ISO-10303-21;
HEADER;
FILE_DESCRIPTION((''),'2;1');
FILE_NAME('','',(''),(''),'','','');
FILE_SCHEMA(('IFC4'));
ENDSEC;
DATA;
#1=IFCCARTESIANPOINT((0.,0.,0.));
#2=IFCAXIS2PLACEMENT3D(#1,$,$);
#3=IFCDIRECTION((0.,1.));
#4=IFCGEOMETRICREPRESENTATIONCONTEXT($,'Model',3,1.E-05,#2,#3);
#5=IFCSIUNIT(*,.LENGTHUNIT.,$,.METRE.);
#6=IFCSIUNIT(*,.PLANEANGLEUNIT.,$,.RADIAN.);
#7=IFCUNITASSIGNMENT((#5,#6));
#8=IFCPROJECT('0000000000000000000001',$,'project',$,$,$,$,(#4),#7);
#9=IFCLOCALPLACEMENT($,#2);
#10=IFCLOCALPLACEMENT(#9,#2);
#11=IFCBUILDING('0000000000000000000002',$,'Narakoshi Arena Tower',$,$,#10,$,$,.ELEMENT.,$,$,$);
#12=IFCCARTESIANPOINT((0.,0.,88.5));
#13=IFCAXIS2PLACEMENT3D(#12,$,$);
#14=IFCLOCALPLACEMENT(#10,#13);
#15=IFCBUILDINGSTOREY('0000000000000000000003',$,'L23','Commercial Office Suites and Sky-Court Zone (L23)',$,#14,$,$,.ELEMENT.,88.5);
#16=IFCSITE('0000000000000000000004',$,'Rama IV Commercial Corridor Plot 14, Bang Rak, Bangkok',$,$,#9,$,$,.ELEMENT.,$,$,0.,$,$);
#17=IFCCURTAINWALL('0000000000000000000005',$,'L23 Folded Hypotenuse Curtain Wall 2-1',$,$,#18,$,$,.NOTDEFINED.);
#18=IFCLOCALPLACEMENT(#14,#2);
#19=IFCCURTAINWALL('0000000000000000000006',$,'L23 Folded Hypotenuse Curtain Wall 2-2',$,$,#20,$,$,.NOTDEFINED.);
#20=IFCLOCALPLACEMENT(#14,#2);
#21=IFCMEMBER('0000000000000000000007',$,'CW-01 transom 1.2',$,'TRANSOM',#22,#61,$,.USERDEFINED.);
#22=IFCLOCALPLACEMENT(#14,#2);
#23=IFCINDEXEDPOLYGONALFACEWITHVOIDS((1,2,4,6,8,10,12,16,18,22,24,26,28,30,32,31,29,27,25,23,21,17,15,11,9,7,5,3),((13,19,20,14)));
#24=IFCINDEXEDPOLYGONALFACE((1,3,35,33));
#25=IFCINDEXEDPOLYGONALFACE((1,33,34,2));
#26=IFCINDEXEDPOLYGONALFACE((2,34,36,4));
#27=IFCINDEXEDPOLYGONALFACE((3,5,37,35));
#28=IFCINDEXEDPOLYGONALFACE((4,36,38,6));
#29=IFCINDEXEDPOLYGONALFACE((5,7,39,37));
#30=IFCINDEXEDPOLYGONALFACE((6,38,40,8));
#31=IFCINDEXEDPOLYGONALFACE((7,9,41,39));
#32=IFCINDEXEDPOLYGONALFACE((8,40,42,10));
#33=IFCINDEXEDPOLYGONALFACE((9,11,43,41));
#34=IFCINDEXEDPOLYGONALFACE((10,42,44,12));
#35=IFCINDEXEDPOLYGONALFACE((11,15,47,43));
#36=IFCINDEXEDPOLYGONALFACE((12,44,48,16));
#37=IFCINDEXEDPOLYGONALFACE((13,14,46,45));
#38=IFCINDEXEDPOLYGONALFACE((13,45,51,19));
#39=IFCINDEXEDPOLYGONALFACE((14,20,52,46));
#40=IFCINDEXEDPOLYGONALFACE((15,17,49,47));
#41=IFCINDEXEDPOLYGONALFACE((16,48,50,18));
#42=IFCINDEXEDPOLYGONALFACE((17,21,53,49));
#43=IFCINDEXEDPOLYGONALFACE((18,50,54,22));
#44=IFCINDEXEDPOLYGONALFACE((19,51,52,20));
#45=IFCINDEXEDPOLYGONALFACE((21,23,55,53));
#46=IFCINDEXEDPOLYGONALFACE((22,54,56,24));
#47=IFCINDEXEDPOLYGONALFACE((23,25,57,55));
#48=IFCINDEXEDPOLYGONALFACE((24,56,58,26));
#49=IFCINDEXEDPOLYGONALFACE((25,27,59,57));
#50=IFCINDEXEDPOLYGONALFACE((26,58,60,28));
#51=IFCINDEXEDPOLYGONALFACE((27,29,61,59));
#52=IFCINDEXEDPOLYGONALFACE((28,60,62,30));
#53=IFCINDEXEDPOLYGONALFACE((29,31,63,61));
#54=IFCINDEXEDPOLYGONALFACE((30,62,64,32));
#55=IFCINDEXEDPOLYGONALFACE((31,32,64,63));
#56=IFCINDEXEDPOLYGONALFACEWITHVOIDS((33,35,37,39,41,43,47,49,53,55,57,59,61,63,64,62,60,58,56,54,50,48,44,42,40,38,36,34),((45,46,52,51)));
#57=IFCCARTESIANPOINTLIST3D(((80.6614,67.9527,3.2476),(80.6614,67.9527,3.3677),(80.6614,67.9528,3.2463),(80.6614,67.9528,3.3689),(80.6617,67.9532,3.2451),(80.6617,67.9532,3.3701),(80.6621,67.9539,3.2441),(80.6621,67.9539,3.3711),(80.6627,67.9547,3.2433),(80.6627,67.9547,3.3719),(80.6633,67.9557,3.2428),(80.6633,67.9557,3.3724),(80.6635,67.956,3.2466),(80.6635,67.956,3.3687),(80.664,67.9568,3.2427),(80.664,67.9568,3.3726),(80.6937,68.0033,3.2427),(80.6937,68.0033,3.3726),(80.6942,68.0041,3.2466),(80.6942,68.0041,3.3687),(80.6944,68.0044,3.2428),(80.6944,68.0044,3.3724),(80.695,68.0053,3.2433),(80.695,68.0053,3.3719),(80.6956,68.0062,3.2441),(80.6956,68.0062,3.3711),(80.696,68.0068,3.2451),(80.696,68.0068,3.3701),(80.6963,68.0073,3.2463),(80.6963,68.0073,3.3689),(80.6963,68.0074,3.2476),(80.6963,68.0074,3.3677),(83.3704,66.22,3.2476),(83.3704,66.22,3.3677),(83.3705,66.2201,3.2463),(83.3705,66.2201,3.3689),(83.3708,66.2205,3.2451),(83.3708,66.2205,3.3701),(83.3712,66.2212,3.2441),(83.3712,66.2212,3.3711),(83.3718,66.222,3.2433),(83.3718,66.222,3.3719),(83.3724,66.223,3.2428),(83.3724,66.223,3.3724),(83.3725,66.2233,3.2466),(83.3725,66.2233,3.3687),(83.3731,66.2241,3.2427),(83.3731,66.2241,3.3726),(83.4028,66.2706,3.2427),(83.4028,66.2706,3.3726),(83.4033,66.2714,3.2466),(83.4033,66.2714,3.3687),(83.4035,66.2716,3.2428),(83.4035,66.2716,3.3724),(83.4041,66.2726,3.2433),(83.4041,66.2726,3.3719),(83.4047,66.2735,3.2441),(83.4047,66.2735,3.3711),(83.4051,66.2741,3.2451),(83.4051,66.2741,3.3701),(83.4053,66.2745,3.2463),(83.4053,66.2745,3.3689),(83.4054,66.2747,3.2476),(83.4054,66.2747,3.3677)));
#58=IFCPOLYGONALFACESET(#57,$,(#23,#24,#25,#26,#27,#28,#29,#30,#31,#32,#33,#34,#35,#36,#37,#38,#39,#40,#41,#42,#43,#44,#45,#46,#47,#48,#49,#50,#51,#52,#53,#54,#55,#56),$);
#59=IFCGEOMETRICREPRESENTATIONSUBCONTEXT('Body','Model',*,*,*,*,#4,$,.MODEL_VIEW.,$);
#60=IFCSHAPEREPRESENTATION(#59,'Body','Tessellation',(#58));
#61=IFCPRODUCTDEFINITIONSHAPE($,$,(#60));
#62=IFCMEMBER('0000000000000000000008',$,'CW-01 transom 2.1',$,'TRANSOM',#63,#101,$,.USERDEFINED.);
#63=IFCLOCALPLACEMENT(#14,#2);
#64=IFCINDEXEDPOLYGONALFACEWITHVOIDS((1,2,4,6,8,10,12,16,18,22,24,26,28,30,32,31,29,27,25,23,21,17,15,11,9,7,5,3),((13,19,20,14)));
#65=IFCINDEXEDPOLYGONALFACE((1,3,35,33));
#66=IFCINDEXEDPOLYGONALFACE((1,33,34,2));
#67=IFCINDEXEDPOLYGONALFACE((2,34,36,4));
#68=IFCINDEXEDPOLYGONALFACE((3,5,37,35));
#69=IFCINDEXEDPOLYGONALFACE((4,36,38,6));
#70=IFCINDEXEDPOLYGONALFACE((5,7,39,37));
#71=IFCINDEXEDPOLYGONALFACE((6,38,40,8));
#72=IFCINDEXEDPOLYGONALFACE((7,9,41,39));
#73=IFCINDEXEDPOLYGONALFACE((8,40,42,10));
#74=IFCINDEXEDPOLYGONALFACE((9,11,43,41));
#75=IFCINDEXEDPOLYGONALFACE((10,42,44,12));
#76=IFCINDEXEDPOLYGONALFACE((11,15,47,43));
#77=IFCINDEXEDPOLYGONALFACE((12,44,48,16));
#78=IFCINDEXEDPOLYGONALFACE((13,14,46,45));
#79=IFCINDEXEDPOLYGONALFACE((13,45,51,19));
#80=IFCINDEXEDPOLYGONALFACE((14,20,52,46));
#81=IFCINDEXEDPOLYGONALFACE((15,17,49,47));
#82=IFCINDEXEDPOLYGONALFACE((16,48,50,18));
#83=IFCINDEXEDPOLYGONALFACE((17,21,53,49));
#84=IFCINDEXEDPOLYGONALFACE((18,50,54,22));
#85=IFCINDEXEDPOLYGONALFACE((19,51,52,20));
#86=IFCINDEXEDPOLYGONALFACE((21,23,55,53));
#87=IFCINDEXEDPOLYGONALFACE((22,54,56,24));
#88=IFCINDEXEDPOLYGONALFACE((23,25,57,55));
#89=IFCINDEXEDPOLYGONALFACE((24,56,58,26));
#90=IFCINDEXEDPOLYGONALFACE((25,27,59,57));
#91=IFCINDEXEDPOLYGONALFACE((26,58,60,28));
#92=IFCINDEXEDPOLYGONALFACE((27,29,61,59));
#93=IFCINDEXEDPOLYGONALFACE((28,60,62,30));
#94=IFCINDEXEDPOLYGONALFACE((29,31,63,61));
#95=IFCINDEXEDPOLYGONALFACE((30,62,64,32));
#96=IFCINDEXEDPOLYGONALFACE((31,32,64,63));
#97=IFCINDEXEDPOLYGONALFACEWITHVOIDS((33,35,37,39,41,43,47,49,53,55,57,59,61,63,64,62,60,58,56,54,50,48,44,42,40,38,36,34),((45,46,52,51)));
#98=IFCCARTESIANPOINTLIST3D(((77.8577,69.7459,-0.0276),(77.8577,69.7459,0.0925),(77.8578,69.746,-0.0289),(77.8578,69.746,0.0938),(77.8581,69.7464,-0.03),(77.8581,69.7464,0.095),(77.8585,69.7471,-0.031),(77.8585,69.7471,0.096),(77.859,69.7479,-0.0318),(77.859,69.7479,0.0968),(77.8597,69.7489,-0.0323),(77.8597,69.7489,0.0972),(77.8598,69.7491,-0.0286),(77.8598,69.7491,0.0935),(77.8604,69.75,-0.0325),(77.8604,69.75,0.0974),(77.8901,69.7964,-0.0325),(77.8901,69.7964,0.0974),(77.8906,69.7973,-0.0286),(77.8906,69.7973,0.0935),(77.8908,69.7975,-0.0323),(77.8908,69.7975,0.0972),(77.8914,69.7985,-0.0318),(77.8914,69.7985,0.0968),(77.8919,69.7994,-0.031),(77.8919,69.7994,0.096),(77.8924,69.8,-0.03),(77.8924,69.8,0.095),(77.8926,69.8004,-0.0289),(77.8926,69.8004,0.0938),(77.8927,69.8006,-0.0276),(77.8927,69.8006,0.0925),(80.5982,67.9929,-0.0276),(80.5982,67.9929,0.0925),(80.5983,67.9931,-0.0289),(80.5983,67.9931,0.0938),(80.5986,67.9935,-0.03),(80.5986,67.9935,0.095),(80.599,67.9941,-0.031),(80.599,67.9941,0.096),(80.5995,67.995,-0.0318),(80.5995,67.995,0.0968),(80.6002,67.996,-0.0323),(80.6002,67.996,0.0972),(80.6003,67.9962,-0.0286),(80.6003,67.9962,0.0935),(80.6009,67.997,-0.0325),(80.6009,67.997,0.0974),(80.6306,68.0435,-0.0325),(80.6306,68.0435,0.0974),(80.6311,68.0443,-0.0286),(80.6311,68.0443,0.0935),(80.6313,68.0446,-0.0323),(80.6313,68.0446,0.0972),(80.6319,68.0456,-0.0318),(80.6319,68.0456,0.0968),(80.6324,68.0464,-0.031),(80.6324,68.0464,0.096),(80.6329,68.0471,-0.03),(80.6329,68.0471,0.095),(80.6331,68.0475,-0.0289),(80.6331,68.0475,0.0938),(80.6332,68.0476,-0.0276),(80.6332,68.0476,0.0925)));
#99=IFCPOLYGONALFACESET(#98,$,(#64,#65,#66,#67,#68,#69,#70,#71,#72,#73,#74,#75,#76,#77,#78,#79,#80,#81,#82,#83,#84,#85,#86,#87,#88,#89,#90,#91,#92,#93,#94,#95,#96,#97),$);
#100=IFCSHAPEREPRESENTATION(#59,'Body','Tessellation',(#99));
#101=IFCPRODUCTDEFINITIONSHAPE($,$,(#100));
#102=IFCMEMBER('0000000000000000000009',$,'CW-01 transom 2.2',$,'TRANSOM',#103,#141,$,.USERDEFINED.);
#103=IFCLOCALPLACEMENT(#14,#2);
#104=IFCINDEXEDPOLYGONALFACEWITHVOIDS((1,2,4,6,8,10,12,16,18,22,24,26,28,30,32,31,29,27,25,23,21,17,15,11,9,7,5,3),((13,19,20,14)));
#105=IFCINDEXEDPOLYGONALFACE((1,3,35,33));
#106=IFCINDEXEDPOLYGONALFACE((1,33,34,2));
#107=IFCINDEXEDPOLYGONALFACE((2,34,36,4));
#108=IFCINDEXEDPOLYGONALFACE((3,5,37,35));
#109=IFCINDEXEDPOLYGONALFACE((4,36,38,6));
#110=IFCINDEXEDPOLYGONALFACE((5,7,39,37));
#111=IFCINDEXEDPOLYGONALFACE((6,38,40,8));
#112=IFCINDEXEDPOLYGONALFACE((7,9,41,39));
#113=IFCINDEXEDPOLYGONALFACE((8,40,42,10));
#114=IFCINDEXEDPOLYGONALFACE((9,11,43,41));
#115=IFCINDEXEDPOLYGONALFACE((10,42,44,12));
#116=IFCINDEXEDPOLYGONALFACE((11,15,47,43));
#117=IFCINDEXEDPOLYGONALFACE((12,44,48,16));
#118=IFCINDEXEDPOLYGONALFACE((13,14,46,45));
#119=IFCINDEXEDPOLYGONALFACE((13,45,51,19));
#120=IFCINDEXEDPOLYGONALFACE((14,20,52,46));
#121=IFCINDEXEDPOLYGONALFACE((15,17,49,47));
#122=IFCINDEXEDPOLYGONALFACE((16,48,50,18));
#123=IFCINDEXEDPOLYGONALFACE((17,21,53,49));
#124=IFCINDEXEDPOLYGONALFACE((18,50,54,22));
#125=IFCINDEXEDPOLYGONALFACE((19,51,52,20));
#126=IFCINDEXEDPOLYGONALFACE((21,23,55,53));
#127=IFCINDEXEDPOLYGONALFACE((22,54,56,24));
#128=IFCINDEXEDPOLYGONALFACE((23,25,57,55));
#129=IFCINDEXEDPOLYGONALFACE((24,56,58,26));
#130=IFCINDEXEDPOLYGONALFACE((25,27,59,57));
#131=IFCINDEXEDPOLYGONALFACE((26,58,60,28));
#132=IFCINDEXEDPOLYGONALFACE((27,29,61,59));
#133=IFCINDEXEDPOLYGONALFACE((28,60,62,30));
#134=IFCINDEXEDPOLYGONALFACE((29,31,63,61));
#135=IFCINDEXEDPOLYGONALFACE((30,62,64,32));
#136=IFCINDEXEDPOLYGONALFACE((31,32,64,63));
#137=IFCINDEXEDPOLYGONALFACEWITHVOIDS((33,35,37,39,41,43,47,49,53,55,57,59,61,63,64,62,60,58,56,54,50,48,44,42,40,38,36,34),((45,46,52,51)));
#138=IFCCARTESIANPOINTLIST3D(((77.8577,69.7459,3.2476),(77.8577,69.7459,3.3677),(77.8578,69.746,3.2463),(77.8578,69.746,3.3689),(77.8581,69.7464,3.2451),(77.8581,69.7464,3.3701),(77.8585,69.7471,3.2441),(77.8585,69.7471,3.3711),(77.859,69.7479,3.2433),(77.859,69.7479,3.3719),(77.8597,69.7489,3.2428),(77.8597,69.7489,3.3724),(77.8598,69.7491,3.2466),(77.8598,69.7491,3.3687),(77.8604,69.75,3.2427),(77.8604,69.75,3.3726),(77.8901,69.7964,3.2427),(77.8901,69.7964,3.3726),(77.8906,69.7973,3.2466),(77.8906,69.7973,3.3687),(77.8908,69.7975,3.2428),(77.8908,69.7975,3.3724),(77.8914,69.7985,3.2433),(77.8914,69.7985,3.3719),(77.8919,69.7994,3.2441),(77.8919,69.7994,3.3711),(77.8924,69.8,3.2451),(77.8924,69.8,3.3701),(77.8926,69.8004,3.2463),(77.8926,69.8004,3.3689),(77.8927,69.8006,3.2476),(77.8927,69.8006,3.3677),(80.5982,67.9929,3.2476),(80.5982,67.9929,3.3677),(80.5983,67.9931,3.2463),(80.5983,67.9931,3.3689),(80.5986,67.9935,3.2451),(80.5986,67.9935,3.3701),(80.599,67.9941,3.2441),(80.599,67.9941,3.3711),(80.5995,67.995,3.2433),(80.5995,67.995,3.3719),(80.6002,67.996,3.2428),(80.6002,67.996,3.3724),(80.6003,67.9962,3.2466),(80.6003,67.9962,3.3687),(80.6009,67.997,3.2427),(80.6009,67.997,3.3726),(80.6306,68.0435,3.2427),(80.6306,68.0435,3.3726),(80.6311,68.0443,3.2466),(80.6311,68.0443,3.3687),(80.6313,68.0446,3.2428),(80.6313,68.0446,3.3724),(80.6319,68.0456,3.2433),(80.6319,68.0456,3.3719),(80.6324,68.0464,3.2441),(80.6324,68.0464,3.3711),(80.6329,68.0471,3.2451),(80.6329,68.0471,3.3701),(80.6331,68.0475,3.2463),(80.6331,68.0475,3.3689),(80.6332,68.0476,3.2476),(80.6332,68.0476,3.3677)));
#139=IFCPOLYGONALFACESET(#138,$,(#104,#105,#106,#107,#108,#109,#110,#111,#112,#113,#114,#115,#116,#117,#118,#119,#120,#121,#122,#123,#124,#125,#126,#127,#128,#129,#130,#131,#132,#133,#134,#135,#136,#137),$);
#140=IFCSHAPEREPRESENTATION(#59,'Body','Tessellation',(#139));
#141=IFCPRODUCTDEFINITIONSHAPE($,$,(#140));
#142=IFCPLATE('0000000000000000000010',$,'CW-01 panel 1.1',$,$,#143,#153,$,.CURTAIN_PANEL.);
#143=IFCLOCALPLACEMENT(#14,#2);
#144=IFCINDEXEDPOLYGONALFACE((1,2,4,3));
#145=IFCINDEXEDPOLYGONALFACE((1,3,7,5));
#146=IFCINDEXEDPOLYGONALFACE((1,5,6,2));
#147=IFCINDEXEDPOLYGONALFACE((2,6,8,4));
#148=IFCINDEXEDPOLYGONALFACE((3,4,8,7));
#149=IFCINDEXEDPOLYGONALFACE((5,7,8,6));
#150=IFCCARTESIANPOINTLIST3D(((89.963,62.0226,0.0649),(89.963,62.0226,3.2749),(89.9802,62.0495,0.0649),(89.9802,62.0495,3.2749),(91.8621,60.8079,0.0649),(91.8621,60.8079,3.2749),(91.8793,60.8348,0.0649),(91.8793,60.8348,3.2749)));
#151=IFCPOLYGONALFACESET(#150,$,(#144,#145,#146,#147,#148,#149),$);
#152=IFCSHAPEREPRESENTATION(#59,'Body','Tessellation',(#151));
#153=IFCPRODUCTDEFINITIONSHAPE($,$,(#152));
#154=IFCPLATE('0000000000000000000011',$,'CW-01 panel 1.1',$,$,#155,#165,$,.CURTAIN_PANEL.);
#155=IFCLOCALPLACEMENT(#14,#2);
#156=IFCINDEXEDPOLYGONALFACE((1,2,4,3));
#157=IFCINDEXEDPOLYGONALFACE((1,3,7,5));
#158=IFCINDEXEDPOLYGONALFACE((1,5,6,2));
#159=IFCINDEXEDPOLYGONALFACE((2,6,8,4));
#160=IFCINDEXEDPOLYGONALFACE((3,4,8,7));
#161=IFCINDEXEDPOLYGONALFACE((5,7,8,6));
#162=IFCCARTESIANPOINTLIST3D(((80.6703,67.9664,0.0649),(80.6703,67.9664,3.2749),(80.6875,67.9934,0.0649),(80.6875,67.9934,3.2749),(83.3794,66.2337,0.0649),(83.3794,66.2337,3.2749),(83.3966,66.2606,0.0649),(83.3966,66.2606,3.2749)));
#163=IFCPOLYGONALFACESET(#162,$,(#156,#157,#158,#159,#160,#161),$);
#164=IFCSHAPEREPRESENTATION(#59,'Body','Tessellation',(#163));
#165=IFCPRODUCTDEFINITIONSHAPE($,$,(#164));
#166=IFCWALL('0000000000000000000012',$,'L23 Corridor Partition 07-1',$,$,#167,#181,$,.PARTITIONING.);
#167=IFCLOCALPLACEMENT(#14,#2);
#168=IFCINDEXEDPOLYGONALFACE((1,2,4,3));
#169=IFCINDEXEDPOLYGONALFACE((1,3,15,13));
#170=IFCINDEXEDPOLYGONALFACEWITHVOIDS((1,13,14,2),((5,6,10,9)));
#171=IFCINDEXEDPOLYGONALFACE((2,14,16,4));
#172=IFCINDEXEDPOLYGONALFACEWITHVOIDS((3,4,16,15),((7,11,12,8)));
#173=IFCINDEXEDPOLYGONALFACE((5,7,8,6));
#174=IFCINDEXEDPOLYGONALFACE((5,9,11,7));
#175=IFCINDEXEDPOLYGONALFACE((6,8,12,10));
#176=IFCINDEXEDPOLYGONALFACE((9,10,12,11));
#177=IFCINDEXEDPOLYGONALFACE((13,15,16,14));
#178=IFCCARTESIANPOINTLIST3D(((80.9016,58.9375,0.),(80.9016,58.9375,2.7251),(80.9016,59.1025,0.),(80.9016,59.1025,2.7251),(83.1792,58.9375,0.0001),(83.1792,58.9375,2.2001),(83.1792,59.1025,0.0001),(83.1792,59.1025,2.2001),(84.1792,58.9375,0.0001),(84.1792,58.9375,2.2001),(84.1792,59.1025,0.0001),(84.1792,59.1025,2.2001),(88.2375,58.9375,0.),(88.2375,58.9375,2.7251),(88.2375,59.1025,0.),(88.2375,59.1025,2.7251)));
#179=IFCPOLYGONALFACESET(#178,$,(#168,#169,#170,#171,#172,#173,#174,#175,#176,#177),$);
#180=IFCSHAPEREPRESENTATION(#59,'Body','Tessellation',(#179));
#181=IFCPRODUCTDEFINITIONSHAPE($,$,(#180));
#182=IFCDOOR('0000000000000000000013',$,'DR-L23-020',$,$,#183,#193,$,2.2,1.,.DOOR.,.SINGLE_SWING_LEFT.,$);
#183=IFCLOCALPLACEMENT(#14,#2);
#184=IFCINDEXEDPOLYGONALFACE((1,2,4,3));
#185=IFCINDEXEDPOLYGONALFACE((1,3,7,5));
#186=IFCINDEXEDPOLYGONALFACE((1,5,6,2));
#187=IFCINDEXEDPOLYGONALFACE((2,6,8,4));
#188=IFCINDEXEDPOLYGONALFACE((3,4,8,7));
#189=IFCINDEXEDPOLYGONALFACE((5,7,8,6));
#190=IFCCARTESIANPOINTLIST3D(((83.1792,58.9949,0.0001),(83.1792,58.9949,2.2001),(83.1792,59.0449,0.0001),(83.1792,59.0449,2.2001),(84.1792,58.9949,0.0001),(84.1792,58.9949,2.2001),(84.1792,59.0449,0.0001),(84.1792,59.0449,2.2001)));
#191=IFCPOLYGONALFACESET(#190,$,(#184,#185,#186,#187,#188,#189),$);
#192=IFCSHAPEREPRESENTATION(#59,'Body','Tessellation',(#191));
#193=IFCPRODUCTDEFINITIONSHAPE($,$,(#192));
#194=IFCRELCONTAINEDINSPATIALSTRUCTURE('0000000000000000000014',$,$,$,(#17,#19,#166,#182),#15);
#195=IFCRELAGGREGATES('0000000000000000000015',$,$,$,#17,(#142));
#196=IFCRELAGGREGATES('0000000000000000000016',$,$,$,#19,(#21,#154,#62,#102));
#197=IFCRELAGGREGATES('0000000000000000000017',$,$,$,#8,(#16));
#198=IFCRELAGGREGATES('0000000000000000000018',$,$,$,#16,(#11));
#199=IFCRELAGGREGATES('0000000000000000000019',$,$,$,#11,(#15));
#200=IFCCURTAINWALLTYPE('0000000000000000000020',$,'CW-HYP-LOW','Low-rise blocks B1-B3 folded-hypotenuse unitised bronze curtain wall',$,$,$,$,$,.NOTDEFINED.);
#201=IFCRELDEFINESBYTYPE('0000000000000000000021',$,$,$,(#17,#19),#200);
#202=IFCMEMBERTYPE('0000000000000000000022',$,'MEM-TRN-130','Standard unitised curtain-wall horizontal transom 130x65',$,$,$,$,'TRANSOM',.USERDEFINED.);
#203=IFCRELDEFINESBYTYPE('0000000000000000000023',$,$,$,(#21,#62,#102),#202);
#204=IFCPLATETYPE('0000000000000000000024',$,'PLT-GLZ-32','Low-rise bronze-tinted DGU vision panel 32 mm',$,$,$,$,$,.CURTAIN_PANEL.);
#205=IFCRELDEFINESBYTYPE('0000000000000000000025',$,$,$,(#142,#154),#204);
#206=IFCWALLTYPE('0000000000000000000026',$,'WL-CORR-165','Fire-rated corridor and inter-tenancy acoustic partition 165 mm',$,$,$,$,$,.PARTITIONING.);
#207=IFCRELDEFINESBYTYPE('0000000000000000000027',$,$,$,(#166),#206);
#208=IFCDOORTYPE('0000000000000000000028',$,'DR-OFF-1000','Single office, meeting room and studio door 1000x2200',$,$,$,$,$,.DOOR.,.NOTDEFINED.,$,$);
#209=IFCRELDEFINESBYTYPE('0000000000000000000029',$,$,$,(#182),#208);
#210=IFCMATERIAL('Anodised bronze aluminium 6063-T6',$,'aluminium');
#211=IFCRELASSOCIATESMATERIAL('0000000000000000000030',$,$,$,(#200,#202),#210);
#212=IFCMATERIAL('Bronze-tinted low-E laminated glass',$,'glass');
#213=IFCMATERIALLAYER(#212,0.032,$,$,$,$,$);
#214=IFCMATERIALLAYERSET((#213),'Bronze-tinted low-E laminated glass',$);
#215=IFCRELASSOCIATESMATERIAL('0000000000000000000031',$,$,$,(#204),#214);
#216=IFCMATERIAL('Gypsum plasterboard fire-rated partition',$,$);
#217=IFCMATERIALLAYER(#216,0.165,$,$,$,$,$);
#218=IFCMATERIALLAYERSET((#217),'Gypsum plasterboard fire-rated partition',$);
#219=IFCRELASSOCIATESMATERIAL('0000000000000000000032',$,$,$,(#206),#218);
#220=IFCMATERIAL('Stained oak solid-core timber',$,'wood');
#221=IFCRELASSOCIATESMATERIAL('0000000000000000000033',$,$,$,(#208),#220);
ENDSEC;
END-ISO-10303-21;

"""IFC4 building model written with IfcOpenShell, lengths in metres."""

from ifc_helpers import new_model, si_unit, direction, frame, frame_2d, origin, origin_2d, place, context, subcontext, project, spatial, rectangle, hollow_rectangle, extrude, material, layer, layer_set, material_profile, profile_set, type_object, element, fill, aggregate, save


model = new_model("IFC4")

# Units and contexts
model_context = context("Model", 3, precision=1e-05, world=origin(), true_north=direction((0.0, 1.0)))
body_context = subcontext(model_context, "Body", "Model", "MODEL_VIEW")
ifc_project = project(units=[si_unit("LENGTHUNIT", "METRE"), si_unit("PLANEANGLEUNIT", "RADIAN")], contexts=[model_context])

# Site, building, storey
site_placement = place(None, origin())
site = spatial("IfcSite", under=ifc_project, at=site_placement, Name="Rama IV Commercial Corridor Plot 14, Bang Rak, Bangkok", CompositionType="ELEMENT", RefElevation=0.0)
building_placement = place(site_placement, origin())
building = spatial("IfcBuilding", under=site, at=building_placement, Name="Narakoshi Arena Tower", CompositionType="ELEMENT")
storey_placement = place(building_placement, frame((0.0, 0.0, 88.5)))
storey = spatial("IfcBuildingStorey", under=building, at=storey_placement, Name="L23", Description="Commercial Office Suites and Sky-Court Zone (L23)", CompositionType="ELEMENT", Elevation=88.5)

# Curtain wall
ifc_material_1 = material(Name="Anodised bronze aluminium 6063-T6", Category="aluminium")
curtain_wall_type = type_object("IfcCurtainWallType", Name="CW-HYP-LOW", Description="Low-rise blocks B1-B3 folded-hypotenuse unitised bronze curtain wall", PredefinedType="NOTDEFINED", material=ifc_material_1)
curtain_wall_1_placement = place(storey_placement, origin())
curtain_wall_1 = element("IfcCurtainWall", 1, at=curtain_wall_1_placement, inside=storey, type_object=curtain_wall_type, Name="L23 Folded Hypotenuse Curtain Wall 2-1", PredefinedType="NOTDEFINED")

# Curtain wall
curtain_wall_2_placement = place(storey_placement, origin())
curtain_wall_2 = element("IfcCurtainWall", 2, at=curtain_wall_2_placement, inside=storey, type_object=curtain_wall_type, Name="L23 Folded Hypotenuse Curtain Wall 2-2", PredefinedType="NOTDEFINED")

# Members
ifc_material_profile_1 = material_profile(ifc_material_1, hollow_rectangle(XDim=0.0649, YDim=0.1299, WallThickness=0.0039, OuterFilletRadius=0.0049, at=origin_2d()), Name="TRN130x65x4")
ifc_profile_set_1 = profile_set([ifc_material_profile_1], Name="Anodised bronze aluminium 6063-T6")
member_type_1 = type_object("IfcMemberType", Name="MEM-TRN-130", Description="Standard unitised curtain-wall horizontal transom 130x65", ElementType="TRANSOM", PredefinedType="USERDEFINED", material=ifc_profile_set_1)
member_1_placement = place(storey_placement, frame((83.3879, 66.2473, 3.3076), z_axis=(-0.842424, 0.538815, 0.0), x_axis=(-0.538815, -0.842424, 0.0)))
member_1 = element("IfcMember", 3, at=member_1_placement, type_object=member_type_1, Name="CW-01 transom 1.2", ObjectType="TRANSOM", PredefinedType="USERDEFINED", context=body_context, shape_type="SweptSolid", body=[
    extrude(hollow_rectangle(XDim=0.0649, YDim=0.1299, WallThickness=0.0039, OuterFilletRadius=0.0049, at=origin_2d()), origin(), (0.0, 0.0, 1.0), 3.2158),
])
member_2_placement = place(storey_placement, frame((80.6157, 68.0203, 0.0325), z_axis=(-0.842408, 0.538841, 0.0), x_axis=(-0.538841, -0.842408, 0.0)))
member_2 = element("IfcMember", 4, at=member_2_placement, type_object=member_type_1, Name="CW-01 transom 2.1", ObjectType="TRANSOM", PredefinedType="USERDEFINED", context=body_context, shape_type="SweptSolid", body=[
    extrude(hollow_rectangle(XDim=0.0649, YDim=0.1299, WallThickness=0.0039, OuterFilletRadius=0.0049, at=origin_2d()), origin(), (0.0, 0.0, 1.0), 3.2532),
])
member_3_placement = place(storey_placement, frame((80.6157, 68.0203, 3.3076), z_axis=(-0.842408, 0.538841, 0.0), x_axis=(-0.538841, -0.842408, 0.0)))
member_3 = element("IfcMember", 5, at=member_3_placement, type_object=member_type_1, Name="CW-01 transom 2.2", ObjectType="TRANSOM", PredefinedType="USERDEFINED", context=body_context, shape_type="SweptSolid", body=[
    extrude(hollow_rectangle(XDim=0.0649, YDim=0.1299, WallThickness=0.0039, OuterFilletRadius=0.0049, at=origin_2d()), origin(), (0.0, 0.0, 1.0), 3.2532),
])

# Plates
ifc_material_2 = material(Name="Bronze-tinted low-E laminated glass", Category="glass")
ifc_layer_1 = layer(ifc_material_2, 0.032)
ifc_layer_set_1 = layer_set([ifc_layer_1], Name="Bronze-tinted low-E laminated glass")
plate_type = type_object("IfcPlateType", Name="PLT-GLZ-32", Description="Low-rise bronze-tinted DGU vision panel 32 mm", PredefinedType="CURTAIN_PANEL", material=ifc_layer_set_1)
plate_1_placement = place(storey_placement, frame((90.9211, 61.4287, 0.0649), z_axis=(0.0, 0.0, 1.0), x_axis=(-0.842419, 0.538822, 0.0)))
plate_1 = element("IfcPlate", 6, at=plate_1_placement, type_object=plate_type, Name="CW-01 panel 1.1", PredefinedType="CURTAIN_PANEL", context=body_context, shape_type="SweptSolid", body=[
    extrude(rectangle(XDim=2.2544, YDim=0.032, at=origin_2d()), origin(), (0.0, 0.0, 1.0), 3.21),
])
aggregate(curtain_wall_1, [plate_1])
plate_2_placement = place(storey_placement, frame((82.0334, 67.1135, 0.0649), z_axis=(0.0, 0.0, 1.0), x_axis=(-0.842415, 0.538829, 0.0)))
plate_2 = element("IfcPlate", 7, at=plate_2_placement, type_object=plate_type, Name="CW-01 panel 1.1", PredefinedType="CURTAIN_PANEL", context=body_context, shape_type="SweptSolid", body=[
    extrude(rectangle(XDim=3.2158, YDim=0.032, at=origin_2d()), origin(), (0.0, 0.0, 1.0), 3.21),
])
aggregate(curtain_wall_2, [member_1, plate_2, member_2, member_3])

# Wall, opening, door
ifc_material_3 = material(Name="Gypsum plasterboard fire-rated partition")
ifc_layer_2 = layer(ifc_material_3, 0.165)
ifc_layer_set_2 = layer_set([ifc_layer_2], Name="Gypsum plasterboard fire-rated partition")
wall_type_1 = type_object("IfcWallType", Name="WL-CORR-165", Description="Fire-rated corridor and inter-tenancy acoustic partition 165 mm", PredefinedType="PARTITIONING", material=ifc_layer_set_2)
wall_1_placement = place(storey_placement, frame((88.2375, 59.02, 0.0), z_axis=(0.0, 0.0, 1.0), x_axis=(-1.0, 0.0, 0.0)))
wall_1 = element("IfcWall", 8, at=wall_1_placement, inside=storey, type_object=wall_type_1, Name="L23 Corridor Partition 07-1", PredefinedType="PARTITIONING", context=body_context, shape_type="SweptSolid", body=[
    extrude(rectangle(XDim=7.3359, YDim=0.165, at=frame_2d((3.668, 0.0))), origin(), (0.0, 0.0, 1.0), 2.7251),
])
opening_1_placement = place(wall_1_placement, frame((4.0583, 0.0, 0.0)))
opening_1 = element("IfcOpeningElement", 9, at=opening_1_placement, cuts=wall_1, PredefinedType="OPENING", context=body_context, shape_type="SweptSolid", body=[
    extrude(rectangle(XDim=1.0, YDim=2.2, at=frame_2d((0.5, 1.1001))), frame((0.0, 0.0925, 0.0), z_axis=(0.0, -1.0, 0.0), x_axis=(1.0, 0.0, 0.0)), (0.0, 0.0, 1.0), 0.1851),
])
ifc_material_4 = material(Name="Stained oak solid-core timber", Category="wood")
door_type = type_object("IfcDoorType", Name="DR-OFF-1000", Description="Single office, meeting room and studio door 1000x2200", OperationType="NOTDEFINED", PredefinedType="DOOR", material=ifc_material_4)
door_1_placement = place(opening_1_placement, frame((1.0, 0.0, 0.0), z_axis=(0.0, 0.0, 1.0), x_axis=(-1.0, 0.0, 0.0)))
door_1 = element("IfcDoor", 10, at=door_1_placement, inside=storey, type_object=door_type, Name="DR-L23-020", OperationType="SINGLE_SWING_LEFT", OverallHeight=2.2, OverallWidth=1.0, PredefinedType="DOOR", context=body_context, shape_type="SweptSolid", body=[
    extrude(rectangle(XDim=1.0, YDim=2.2, at=frame_2d((0.5, 1.1001))), frame((0.0, 0.0249, 0.0), z_axis=(0.0, -1.0, 0.0), x_axis=(1.0, 0.0, 0.0)), (0.0, 0.0, 1.0), 0.05),
])
fill(opening_1, door_1)

save(model, "model.ifc")
